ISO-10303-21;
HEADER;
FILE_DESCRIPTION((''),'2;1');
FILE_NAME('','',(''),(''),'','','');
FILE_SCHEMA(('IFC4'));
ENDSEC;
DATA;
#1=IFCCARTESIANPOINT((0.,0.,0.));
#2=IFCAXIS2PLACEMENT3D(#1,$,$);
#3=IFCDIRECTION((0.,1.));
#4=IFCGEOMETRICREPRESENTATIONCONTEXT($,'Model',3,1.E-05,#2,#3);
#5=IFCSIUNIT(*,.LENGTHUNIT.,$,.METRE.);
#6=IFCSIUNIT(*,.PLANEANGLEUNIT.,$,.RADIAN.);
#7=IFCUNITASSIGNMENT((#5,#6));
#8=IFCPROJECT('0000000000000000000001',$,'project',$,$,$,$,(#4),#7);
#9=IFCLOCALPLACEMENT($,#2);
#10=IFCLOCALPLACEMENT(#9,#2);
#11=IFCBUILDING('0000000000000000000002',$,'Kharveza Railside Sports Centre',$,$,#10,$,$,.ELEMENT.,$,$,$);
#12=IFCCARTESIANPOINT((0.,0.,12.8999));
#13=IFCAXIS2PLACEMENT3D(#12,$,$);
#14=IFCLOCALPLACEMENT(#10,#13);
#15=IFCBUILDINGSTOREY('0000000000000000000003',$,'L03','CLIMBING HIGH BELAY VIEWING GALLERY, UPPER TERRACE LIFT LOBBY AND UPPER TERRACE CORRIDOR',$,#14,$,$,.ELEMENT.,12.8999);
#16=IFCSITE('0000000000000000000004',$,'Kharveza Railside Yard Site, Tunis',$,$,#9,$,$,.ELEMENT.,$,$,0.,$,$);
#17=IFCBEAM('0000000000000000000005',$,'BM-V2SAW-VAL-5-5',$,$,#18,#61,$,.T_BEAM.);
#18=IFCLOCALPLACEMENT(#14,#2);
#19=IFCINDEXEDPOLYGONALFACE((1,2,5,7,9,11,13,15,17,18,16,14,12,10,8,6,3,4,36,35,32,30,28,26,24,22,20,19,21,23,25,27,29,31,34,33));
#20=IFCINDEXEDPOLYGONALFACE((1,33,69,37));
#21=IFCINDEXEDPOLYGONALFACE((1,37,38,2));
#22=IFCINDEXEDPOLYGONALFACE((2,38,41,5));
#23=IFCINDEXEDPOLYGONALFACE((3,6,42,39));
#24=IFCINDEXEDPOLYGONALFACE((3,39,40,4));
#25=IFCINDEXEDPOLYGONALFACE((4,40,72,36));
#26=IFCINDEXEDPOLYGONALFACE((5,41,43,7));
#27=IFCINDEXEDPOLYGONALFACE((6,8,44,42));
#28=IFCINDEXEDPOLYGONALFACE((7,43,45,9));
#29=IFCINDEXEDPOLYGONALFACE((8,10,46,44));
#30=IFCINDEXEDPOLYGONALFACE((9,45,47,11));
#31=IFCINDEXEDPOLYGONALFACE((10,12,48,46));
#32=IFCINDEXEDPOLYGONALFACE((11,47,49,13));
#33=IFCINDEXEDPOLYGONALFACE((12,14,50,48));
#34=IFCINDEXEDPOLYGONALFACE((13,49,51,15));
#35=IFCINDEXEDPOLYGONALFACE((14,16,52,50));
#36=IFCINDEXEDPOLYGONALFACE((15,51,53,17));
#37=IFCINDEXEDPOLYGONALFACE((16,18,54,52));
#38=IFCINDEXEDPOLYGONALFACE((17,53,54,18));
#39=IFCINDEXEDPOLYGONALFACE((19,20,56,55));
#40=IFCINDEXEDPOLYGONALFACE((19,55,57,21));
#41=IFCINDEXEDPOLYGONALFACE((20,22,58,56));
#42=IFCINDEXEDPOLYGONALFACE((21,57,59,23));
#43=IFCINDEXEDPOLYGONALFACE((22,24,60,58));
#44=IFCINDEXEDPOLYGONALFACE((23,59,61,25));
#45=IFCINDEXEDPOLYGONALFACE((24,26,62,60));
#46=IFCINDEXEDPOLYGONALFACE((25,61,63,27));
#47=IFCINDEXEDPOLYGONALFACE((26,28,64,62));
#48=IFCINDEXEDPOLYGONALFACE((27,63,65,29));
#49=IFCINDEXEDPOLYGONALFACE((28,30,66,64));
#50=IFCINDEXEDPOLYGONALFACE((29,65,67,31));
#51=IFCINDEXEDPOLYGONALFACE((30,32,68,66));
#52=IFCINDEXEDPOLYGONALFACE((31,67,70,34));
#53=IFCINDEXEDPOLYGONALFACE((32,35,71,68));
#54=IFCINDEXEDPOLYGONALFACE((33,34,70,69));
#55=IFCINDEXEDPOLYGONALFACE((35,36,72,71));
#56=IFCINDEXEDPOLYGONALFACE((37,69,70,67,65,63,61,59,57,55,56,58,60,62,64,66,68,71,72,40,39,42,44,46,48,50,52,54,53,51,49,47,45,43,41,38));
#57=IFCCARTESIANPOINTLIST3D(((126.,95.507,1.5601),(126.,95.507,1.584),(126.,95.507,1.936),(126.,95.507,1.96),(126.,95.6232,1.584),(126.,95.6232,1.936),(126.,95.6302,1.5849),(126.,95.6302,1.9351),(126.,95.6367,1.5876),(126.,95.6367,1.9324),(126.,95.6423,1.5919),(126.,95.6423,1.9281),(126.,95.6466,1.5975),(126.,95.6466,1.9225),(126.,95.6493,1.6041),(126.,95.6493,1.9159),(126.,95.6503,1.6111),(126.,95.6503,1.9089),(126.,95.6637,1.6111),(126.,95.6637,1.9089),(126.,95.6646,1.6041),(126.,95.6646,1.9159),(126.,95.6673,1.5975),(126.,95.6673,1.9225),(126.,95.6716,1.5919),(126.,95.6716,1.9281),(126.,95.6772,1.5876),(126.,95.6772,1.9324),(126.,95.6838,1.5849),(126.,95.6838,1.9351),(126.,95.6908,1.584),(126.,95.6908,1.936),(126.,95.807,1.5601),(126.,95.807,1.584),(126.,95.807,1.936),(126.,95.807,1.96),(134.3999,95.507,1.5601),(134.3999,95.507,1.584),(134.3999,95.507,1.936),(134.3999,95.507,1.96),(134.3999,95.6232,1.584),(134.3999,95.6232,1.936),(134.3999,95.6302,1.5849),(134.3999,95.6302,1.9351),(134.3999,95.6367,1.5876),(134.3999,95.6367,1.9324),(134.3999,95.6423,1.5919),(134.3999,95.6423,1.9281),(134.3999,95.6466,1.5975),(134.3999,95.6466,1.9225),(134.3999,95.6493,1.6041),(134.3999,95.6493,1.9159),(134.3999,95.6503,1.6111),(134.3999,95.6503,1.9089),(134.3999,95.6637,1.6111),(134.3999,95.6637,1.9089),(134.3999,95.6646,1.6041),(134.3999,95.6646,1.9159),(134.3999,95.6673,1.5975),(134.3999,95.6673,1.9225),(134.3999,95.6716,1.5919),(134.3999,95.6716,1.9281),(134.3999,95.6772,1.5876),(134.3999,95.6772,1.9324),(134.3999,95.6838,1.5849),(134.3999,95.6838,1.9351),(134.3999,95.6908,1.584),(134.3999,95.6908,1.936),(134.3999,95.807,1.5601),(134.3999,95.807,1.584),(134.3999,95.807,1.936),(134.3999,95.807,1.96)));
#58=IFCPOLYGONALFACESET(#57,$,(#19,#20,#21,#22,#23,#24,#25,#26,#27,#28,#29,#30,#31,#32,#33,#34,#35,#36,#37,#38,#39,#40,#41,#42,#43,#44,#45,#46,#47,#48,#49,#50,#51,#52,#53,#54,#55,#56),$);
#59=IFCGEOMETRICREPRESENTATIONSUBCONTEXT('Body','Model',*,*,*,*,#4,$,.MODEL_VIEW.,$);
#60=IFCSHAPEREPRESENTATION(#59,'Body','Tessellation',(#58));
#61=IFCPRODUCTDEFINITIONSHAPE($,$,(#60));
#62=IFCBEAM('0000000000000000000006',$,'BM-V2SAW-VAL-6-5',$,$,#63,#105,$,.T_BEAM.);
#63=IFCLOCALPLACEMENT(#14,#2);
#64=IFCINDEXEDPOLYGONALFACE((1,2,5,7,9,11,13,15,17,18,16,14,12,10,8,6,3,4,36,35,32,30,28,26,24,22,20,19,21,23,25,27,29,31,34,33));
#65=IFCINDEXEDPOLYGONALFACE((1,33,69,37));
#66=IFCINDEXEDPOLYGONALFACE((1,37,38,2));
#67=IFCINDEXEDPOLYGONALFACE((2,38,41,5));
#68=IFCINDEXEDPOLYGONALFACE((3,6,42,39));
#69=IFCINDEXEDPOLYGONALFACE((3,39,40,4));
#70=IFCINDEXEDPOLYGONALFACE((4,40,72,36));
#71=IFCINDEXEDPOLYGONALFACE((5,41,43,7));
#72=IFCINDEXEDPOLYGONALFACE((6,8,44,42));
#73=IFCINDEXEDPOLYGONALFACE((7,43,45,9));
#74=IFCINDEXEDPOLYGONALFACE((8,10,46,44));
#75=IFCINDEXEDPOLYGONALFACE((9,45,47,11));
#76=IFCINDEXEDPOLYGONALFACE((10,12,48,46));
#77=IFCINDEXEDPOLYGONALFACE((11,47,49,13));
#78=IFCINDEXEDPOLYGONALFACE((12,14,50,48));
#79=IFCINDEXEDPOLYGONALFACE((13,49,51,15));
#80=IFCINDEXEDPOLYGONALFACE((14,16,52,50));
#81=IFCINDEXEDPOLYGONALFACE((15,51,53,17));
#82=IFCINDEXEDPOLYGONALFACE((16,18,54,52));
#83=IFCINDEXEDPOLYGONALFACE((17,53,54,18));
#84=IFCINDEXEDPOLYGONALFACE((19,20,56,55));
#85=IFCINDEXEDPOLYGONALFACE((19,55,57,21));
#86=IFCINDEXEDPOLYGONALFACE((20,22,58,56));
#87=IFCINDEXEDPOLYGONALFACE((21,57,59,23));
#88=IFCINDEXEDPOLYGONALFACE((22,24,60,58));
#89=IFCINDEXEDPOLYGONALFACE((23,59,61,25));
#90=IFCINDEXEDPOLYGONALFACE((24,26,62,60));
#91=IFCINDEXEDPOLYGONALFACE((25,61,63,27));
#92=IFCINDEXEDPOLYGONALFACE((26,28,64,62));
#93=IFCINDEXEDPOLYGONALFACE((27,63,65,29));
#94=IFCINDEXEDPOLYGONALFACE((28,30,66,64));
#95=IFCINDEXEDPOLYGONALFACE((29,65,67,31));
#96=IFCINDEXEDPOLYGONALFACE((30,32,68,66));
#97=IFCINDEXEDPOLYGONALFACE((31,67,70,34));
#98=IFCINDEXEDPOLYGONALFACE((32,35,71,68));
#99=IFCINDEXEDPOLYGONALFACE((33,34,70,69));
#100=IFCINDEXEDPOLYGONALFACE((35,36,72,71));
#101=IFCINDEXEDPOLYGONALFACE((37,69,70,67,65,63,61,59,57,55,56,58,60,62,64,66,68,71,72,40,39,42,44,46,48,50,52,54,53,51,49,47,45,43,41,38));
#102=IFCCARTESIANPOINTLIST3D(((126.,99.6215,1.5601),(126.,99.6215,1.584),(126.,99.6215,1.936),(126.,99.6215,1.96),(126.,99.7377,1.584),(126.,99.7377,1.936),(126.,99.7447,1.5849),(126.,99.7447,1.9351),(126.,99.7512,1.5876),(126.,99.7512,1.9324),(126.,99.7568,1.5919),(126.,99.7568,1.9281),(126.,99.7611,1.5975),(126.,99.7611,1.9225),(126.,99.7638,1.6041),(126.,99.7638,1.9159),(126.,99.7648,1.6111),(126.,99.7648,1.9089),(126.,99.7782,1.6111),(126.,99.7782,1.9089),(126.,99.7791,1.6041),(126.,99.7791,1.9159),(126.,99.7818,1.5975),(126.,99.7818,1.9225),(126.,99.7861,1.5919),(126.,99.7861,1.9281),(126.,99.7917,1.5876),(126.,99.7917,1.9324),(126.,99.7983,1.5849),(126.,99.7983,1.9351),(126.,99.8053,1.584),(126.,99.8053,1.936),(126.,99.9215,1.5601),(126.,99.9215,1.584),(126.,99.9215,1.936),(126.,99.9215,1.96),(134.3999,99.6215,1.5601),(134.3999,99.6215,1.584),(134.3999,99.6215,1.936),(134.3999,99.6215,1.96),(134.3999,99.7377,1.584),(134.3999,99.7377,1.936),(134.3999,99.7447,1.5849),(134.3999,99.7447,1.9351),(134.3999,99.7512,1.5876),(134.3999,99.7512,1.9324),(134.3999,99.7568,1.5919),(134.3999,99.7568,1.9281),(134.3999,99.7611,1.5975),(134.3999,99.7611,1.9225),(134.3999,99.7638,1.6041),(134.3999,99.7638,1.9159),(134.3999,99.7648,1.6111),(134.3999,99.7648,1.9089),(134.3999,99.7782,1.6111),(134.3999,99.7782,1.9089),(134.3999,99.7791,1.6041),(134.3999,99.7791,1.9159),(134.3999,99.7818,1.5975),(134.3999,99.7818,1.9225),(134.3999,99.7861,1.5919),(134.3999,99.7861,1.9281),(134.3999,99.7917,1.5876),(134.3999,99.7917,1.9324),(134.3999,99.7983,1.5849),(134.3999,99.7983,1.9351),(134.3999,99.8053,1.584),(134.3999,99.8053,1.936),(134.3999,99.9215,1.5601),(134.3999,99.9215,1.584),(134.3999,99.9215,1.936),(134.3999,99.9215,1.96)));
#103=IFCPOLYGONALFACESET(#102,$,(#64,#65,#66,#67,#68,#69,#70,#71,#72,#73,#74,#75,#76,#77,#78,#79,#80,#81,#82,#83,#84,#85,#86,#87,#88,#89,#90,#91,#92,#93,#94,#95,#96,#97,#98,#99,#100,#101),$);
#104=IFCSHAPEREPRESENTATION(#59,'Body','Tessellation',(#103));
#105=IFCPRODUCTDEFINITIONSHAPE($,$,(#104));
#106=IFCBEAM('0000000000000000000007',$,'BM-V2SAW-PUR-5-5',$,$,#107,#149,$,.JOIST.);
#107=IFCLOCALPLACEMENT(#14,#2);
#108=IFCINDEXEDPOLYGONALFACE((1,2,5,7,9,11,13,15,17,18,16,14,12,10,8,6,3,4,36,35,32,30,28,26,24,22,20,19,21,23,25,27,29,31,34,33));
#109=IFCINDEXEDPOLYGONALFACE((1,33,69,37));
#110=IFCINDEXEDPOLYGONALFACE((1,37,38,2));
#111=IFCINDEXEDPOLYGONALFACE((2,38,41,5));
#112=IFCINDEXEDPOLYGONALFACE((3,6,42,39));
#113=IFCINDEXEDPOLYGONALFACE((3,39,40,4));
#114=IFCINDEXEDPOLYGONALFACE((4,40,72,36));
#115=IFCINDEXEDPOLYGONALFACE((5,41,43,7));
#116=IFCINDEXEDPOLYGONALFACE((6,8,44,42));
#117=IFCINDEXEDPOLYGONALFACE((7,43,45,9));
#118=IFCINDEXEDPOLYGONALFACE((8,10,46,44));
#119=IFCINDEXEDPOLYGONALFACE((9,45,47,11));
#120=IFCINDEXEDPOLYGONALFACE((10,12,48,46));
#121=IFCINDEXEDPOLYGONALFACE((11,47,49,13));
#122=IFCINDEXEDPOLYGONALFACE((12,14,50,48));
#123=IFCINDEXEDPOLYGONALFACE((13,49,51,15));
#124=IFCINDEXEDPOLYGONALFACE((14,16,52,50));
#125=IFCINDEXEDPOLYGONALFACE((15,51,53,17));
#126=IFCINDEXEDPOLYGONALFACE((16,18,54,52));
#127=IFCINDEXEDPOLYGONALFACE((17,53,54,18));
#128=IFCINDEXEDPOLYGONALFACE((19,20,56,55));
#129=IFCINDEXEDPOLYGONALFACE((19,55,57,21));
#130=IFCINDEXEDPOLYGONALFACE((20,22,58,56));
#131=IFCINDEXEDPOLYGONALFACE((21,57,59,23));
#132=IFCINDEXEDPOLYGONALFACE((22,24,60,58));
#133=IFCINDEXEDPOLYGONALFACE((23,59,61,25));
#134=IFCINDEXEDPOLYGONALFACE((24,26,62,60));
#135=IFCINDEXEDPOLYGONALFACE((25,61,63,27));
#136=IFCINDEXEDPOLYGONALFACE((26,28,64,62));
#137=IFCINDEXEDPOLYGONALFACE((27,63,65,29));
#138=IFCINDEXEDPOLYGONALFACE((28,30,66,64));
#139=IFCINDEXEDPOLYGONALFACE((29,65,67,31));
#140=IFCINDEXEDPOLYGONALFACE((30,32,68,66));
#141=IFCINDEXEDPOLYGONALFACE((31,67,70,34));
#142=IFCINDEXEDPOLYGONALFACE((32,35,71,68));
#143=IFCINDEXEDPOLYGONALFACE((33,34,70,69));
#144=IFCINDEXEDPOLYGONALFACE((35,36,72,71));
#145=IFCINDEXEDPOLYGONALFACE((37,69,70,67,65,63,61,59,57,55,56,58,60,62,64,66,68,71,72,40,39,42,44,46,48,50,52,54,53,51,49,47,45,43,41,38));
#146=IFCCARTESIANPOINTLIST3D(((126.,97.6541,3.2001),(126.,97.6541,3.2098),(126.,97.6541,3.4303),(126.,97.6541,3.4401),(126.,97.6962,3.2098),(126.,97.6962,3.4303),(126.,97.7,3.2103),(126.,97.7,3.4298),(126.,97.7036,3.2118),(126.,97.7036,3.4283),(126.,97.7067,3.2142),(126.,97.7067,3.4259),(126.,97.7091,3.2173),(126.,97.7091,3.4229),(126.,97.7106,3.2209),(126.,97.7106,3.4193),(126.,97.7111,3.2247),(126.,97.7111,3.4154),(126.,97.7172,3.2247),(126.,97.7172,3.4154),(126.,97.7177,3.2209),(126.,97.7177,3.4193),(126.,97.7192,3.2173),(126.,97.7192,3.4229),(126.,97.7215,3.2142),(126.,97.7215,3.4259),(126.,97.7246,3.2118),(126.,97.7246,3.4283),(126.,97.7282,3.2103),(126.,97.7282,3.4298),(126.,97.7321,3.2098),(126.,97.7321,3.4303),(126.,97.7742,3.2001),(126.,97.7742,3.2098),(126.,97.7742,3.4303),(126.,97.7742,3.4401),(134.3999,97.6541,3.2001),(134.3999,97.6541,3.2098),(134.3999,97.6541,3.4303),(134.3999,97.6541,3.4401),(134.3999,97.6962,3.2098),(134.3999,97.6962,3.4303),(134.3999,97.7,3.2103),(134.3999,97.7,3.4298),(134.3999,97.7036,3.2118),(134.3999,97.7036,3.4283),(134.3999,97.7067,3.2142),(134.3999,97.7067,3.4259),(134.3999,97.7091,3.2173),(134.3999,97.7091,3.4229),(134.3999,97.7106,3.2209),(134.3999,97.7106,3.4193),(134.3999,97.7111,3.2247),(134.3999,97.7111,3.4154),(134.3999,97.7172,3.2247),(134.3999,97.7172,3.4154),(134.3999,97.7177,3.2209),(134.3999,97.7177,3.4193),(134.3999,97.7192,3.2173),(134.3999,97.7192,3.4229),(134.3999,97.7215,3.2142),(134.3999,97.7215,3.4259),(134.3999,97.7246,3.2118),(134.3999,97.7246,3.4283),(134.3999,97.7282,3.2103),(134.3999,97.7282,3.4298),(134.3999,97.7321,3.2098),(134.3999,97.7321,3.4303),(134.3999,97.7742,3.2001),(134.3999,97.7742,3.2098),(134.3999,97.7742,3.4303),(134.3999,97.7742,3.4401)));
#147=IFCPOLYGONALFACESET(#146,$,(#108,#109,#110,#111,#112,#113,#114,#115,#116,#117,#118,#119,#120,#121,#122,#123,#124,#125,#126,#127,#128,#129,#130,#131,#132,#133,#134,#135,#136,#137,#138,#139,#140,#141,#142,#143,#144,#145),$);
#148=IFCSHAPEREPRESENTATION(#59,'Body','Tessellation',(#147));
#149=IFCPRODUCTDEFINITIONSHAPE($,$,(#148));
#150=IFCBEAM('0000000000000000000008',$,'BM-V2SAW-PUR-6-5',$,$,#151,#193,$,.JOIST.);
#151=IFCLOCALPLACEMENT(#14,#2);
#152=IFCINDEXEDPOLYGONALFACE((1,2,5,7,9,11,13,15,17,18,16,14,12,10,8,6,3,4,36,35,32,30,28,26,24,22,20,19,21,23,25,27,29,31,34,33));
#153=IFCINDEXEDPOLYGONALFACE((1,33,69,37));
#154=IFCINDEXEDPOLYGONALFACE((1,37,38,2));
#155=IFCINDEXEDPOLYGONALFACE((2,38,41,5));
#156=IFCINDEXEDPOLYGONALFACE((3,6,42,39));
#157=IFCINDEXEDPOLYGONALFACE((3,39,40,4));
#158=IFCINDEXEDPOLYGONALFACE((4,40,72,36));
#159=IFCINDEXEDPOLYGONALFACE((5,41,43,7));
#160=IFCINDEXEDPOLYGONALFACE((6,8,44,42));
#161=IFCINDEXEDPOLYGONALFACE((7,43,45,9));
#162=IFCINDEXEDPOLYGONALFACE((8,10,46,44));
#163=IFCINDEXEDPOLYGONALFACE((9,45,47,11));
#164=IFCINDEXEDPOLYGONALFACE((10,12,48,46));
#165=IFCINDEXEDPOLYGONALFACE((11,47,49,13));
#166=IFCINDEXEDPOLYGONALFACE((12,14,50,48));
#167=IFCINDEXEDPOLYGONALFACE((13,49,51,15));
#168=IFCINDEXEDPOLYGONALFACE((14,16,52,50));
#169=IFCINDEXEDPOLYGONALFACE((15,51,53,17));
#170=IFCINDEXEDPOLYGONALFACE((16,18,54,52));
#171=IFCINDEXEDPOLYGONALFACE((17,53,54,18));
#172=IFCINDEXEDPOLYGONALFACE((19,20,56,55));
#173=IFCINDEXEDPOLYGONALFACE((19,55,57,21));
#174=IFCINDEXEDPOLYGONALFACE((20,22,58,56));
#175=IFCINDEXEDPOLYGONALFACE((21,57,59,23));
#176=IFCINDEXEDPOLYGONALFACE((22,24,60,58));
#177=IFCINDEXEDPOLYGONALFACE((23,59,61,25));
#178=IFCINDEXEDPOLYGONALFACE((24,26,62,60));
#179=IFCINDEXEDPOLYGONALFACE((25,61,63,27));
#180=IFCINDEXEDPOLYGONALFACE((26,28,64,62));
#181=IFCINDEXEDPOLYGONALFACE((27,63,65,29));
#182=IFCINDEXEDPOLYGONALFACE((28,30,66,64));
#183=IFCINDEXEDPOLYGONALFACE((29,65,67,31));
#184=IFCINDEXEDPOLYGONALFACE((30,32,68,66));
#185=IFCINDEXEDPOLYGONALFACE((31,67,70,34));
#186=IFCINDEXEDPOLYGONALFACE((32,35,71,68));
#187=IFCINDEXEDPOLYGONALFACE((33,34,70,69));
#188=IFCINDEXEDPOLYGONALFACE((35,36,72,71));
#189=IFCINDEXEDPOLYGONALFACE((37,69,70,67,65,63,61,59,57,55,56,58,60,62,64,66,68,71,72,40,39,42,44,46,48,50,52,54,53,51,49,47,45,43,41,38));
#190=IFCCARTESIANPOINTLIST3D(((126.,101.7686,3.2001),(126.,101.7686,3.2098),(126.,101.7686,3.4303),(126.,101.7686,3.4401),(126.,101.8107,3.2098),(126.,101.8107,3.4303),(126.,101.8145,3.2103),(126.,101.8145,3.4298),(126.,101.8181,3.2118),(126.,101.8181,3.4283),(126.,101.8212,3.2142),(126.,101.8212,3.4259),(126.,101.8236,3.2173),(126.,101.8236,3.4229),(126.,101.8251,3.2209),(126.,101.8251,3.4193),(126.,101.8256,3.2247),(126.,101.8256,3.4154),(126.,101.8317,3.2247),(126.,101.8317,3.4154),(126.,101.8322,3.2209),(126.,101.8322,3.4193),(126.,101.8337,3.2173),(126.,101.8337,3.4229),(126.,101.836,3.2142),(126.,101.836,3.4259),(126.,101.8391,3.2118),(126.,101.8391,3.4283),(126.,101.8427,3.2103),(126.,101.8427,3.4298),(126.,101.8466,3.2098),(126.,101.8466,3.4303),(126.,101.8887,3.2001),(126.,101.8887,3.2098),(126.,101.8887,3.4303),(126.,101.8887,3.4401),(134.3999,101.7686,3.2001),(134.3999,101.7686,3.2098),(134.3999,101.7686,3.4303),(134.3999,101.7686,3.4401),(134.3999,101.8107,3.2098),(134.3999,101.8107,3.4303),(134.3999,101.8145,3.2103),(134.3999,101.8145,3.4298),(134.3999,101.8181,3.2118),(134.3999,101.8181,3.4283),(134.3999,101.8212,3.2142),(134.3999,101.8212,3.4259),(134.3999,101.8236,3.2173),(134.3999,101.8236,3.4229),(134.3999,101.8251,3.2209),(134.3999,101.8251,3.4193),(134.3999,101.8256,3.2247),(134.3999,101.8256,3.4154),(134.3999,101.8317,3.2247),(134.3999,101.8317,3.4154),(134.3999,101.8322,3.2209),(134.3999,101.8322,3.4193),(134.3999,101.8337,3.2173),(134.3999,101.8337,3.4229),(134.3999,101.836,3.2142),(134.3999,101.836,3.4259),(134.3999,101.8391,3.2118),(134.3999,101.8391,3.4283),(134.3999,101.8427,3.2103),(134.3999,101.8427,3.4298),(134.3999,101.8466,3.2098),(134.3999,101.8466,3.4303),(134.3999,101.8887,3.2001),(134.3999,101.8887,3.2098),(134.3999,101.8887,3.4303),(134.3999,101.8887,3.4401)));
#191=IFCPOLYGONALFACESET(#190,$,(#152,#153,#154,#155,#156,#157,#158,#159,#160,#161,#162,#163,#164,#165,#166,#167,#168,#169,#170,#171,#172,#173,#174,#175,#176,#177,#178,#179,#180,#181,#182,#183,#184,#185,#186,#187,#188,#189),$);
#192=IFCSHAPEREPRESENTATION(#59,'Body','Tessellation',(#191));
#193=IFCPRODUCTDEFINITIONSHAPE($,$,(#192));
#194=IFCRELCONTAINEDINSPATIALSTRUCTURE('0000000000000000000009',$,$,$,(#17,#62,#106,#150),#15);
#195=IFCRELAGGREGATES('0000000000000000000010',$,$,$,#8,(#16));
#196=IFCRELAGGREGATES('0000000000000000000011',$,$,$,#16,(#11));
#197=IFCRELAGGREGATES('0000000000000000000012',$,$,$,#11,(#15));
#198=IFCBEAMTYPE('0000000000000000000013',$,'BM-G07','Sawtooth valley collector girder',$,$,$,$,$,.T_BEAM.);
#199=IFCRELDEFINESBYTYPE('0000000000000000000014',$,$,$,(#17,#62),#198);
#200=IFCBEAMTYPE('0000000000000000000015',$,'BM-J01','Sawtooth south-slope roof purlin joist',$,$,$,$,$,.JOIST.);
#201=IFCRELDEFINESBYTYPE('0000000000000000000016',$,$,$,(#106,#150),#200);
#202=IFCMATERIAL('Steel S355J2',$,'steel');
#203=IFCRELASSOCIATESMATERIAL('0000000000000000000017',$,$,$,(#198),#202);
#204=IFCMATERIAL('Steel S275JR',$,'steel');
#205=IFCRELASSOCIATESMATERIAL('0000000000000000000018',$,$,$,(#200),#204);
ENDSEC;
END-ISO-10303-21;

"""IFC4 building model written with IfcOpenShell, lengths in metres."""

from ifc_helpers import new_model, si_unit, direction, frame, origin, origin_2d, place, context, subcontext, project, spatial, i_section, extrude, material, material_profile, profile_set, type_object, element, save


model = new_model("IFC4")

# Units and contexts
model_context = context("Model", 3, precision=1e-05, world=origin(), true_north=direction((0.0, 1.0)))
body_context = subcontext(model_context, "Body", "Model", "MODEL_VIEW")
ifc_project = project(units=[si_unit("LENGTHUNIT", "METRE"), si_unit("PLANEANGLEUNIT", "RADIAN")], contexts=[model_context])

# Site, building, storey
site_placement = place(None, origin())
site = spatial("IfcSite", under=ifc_project, at=site_placement, Name="Kharveza Railside Yard Site, Tunis", CompositionType="ELEMENT", RefElevation=0.0)
building_placement = place(site_placement, origin())
building = spatial("IfcBuilding", under=site, at=building_placement, Name="Kharveza Railside Sports Centre", CompositionType="ELEMENT")
storey_placement = place(building_placement, frame((0.0, 0.0, 12.8999)))
storey = spatial("IfcBuildingStorey", under=building, at=storey_placement, Name="L03", Description="CLIMBING HIGH BELAY VIEWING GALLERY, UPPER TERRACE LIFT LOBBY AND UPPER TERRACE CORRIDOR", CompositionType="ELEMENT", Elevation=12.8999)

# Beams
ifc_material_1 = material(Name="Steel S355J2", Category="steel")
ifc_material_profile_1 = material_profile(ifc_material_1, i_section(OverallWidth=0.3, OverallDepth=0.3999, WebThickness=0.0134, FlangeThickness=0.0239, FilletRadius=0.0271, at=origin_2d()), Name="HEB 400")
ifc_profile_set_1 = profile_set([ifc_material_profile_1], Name="Steel S355J2")
beam_type_1 = type_object("IfcBeamType", Name="BM-G07", Description="Sawtooth valley collector girder", PredefinedType="T_BEAM", material=ifc_profile_set_1)
for number, where, z_axis, x_axis, name in (
    (1, (126.0, 95.657, 1.76), (1.0, 0.0, 0.0), (0.0, 1.0, 0.0), "BM-V2SAW-VAL-5-5"),
    (2, (126.0, 99.7715, 1.76), (1.0, 0.0, 0.0), (0.0, 1.0, 0.0), "BM-V2SAW-VAL-6-5"),
):
    element("IfcBeam", number, at=place(storey_placement, frame(where, z_axis=z_axis, x_axis=x_axis)), inside=storey, type_object=beam_type_1, Name=name, PredefinedType="T_BEAM", context=body_context, shape_type="SweptSolid", body=[
        extrude(i_section(OverallWidth=0.3, OverallDepth=0.3999, WebThickness=0.0134, FlangeThickness=0.0239, FilletRadius=0.0271, at=origin_2d()), origin(), (0.0, 0.0, 1.0), 8.3999),
    ])
ifc_material_2 = material(Name="Steel S275JR", Category="steel")
ifc_material_profile_2 = material_profile(ifc_material_2, i_section(OverallWidth=0.1201, OverallDepth=0.24, WebThickness=0.0061, FlangeThickness=0.0098, FilletRadius=0.0149, at=origin_2d()), Name="IPE 240")
ifc_profile_set_2 = profile_set([ifc_material_profile_2], Name="Steel S275JR")
beam_type_2 = type_object("IfcBeamType", Name="BM-J01", Description="Sawtooth south-slope roof purlin joist", PredefinedType="JOIST", material=ifc_profile_set_2)
for number, where, z_axis, x_axis, name in (
    (3, (126.0, 97.7141, 3.3201), (1.0, 0.0, 0.0), (0.0, 1.0, 0.0), "BM-V2SAW-PUR-5-5"),
    (4, (126.0, 101.8286, 3.3201), (1.0, 0.0, 0.0), (0.0, 1.0, 0.0), "BM-V2SAW-PUR-6-5"),
):
    element("IfcBeam", number, at=place(storey_placement, frame(where, z_axis=z_axis, x_axis=x_axis)), inside=storey, type_object=beam_type_2, Name=name, PredefinedType="JOIST", context=body_context, shape_type="SweptSolid", body=[
        extrude(i_section(OverallWidth=0.1201, OverallDepth=0.24, WebThickness=0.0061, FlangeThickness=0.0098, FilletRadius=0.0149, at=origin_2d()), origin(), (0.0, 0.0, 1.0), 8.3999),
    ])

save(model, "model.ifc")
